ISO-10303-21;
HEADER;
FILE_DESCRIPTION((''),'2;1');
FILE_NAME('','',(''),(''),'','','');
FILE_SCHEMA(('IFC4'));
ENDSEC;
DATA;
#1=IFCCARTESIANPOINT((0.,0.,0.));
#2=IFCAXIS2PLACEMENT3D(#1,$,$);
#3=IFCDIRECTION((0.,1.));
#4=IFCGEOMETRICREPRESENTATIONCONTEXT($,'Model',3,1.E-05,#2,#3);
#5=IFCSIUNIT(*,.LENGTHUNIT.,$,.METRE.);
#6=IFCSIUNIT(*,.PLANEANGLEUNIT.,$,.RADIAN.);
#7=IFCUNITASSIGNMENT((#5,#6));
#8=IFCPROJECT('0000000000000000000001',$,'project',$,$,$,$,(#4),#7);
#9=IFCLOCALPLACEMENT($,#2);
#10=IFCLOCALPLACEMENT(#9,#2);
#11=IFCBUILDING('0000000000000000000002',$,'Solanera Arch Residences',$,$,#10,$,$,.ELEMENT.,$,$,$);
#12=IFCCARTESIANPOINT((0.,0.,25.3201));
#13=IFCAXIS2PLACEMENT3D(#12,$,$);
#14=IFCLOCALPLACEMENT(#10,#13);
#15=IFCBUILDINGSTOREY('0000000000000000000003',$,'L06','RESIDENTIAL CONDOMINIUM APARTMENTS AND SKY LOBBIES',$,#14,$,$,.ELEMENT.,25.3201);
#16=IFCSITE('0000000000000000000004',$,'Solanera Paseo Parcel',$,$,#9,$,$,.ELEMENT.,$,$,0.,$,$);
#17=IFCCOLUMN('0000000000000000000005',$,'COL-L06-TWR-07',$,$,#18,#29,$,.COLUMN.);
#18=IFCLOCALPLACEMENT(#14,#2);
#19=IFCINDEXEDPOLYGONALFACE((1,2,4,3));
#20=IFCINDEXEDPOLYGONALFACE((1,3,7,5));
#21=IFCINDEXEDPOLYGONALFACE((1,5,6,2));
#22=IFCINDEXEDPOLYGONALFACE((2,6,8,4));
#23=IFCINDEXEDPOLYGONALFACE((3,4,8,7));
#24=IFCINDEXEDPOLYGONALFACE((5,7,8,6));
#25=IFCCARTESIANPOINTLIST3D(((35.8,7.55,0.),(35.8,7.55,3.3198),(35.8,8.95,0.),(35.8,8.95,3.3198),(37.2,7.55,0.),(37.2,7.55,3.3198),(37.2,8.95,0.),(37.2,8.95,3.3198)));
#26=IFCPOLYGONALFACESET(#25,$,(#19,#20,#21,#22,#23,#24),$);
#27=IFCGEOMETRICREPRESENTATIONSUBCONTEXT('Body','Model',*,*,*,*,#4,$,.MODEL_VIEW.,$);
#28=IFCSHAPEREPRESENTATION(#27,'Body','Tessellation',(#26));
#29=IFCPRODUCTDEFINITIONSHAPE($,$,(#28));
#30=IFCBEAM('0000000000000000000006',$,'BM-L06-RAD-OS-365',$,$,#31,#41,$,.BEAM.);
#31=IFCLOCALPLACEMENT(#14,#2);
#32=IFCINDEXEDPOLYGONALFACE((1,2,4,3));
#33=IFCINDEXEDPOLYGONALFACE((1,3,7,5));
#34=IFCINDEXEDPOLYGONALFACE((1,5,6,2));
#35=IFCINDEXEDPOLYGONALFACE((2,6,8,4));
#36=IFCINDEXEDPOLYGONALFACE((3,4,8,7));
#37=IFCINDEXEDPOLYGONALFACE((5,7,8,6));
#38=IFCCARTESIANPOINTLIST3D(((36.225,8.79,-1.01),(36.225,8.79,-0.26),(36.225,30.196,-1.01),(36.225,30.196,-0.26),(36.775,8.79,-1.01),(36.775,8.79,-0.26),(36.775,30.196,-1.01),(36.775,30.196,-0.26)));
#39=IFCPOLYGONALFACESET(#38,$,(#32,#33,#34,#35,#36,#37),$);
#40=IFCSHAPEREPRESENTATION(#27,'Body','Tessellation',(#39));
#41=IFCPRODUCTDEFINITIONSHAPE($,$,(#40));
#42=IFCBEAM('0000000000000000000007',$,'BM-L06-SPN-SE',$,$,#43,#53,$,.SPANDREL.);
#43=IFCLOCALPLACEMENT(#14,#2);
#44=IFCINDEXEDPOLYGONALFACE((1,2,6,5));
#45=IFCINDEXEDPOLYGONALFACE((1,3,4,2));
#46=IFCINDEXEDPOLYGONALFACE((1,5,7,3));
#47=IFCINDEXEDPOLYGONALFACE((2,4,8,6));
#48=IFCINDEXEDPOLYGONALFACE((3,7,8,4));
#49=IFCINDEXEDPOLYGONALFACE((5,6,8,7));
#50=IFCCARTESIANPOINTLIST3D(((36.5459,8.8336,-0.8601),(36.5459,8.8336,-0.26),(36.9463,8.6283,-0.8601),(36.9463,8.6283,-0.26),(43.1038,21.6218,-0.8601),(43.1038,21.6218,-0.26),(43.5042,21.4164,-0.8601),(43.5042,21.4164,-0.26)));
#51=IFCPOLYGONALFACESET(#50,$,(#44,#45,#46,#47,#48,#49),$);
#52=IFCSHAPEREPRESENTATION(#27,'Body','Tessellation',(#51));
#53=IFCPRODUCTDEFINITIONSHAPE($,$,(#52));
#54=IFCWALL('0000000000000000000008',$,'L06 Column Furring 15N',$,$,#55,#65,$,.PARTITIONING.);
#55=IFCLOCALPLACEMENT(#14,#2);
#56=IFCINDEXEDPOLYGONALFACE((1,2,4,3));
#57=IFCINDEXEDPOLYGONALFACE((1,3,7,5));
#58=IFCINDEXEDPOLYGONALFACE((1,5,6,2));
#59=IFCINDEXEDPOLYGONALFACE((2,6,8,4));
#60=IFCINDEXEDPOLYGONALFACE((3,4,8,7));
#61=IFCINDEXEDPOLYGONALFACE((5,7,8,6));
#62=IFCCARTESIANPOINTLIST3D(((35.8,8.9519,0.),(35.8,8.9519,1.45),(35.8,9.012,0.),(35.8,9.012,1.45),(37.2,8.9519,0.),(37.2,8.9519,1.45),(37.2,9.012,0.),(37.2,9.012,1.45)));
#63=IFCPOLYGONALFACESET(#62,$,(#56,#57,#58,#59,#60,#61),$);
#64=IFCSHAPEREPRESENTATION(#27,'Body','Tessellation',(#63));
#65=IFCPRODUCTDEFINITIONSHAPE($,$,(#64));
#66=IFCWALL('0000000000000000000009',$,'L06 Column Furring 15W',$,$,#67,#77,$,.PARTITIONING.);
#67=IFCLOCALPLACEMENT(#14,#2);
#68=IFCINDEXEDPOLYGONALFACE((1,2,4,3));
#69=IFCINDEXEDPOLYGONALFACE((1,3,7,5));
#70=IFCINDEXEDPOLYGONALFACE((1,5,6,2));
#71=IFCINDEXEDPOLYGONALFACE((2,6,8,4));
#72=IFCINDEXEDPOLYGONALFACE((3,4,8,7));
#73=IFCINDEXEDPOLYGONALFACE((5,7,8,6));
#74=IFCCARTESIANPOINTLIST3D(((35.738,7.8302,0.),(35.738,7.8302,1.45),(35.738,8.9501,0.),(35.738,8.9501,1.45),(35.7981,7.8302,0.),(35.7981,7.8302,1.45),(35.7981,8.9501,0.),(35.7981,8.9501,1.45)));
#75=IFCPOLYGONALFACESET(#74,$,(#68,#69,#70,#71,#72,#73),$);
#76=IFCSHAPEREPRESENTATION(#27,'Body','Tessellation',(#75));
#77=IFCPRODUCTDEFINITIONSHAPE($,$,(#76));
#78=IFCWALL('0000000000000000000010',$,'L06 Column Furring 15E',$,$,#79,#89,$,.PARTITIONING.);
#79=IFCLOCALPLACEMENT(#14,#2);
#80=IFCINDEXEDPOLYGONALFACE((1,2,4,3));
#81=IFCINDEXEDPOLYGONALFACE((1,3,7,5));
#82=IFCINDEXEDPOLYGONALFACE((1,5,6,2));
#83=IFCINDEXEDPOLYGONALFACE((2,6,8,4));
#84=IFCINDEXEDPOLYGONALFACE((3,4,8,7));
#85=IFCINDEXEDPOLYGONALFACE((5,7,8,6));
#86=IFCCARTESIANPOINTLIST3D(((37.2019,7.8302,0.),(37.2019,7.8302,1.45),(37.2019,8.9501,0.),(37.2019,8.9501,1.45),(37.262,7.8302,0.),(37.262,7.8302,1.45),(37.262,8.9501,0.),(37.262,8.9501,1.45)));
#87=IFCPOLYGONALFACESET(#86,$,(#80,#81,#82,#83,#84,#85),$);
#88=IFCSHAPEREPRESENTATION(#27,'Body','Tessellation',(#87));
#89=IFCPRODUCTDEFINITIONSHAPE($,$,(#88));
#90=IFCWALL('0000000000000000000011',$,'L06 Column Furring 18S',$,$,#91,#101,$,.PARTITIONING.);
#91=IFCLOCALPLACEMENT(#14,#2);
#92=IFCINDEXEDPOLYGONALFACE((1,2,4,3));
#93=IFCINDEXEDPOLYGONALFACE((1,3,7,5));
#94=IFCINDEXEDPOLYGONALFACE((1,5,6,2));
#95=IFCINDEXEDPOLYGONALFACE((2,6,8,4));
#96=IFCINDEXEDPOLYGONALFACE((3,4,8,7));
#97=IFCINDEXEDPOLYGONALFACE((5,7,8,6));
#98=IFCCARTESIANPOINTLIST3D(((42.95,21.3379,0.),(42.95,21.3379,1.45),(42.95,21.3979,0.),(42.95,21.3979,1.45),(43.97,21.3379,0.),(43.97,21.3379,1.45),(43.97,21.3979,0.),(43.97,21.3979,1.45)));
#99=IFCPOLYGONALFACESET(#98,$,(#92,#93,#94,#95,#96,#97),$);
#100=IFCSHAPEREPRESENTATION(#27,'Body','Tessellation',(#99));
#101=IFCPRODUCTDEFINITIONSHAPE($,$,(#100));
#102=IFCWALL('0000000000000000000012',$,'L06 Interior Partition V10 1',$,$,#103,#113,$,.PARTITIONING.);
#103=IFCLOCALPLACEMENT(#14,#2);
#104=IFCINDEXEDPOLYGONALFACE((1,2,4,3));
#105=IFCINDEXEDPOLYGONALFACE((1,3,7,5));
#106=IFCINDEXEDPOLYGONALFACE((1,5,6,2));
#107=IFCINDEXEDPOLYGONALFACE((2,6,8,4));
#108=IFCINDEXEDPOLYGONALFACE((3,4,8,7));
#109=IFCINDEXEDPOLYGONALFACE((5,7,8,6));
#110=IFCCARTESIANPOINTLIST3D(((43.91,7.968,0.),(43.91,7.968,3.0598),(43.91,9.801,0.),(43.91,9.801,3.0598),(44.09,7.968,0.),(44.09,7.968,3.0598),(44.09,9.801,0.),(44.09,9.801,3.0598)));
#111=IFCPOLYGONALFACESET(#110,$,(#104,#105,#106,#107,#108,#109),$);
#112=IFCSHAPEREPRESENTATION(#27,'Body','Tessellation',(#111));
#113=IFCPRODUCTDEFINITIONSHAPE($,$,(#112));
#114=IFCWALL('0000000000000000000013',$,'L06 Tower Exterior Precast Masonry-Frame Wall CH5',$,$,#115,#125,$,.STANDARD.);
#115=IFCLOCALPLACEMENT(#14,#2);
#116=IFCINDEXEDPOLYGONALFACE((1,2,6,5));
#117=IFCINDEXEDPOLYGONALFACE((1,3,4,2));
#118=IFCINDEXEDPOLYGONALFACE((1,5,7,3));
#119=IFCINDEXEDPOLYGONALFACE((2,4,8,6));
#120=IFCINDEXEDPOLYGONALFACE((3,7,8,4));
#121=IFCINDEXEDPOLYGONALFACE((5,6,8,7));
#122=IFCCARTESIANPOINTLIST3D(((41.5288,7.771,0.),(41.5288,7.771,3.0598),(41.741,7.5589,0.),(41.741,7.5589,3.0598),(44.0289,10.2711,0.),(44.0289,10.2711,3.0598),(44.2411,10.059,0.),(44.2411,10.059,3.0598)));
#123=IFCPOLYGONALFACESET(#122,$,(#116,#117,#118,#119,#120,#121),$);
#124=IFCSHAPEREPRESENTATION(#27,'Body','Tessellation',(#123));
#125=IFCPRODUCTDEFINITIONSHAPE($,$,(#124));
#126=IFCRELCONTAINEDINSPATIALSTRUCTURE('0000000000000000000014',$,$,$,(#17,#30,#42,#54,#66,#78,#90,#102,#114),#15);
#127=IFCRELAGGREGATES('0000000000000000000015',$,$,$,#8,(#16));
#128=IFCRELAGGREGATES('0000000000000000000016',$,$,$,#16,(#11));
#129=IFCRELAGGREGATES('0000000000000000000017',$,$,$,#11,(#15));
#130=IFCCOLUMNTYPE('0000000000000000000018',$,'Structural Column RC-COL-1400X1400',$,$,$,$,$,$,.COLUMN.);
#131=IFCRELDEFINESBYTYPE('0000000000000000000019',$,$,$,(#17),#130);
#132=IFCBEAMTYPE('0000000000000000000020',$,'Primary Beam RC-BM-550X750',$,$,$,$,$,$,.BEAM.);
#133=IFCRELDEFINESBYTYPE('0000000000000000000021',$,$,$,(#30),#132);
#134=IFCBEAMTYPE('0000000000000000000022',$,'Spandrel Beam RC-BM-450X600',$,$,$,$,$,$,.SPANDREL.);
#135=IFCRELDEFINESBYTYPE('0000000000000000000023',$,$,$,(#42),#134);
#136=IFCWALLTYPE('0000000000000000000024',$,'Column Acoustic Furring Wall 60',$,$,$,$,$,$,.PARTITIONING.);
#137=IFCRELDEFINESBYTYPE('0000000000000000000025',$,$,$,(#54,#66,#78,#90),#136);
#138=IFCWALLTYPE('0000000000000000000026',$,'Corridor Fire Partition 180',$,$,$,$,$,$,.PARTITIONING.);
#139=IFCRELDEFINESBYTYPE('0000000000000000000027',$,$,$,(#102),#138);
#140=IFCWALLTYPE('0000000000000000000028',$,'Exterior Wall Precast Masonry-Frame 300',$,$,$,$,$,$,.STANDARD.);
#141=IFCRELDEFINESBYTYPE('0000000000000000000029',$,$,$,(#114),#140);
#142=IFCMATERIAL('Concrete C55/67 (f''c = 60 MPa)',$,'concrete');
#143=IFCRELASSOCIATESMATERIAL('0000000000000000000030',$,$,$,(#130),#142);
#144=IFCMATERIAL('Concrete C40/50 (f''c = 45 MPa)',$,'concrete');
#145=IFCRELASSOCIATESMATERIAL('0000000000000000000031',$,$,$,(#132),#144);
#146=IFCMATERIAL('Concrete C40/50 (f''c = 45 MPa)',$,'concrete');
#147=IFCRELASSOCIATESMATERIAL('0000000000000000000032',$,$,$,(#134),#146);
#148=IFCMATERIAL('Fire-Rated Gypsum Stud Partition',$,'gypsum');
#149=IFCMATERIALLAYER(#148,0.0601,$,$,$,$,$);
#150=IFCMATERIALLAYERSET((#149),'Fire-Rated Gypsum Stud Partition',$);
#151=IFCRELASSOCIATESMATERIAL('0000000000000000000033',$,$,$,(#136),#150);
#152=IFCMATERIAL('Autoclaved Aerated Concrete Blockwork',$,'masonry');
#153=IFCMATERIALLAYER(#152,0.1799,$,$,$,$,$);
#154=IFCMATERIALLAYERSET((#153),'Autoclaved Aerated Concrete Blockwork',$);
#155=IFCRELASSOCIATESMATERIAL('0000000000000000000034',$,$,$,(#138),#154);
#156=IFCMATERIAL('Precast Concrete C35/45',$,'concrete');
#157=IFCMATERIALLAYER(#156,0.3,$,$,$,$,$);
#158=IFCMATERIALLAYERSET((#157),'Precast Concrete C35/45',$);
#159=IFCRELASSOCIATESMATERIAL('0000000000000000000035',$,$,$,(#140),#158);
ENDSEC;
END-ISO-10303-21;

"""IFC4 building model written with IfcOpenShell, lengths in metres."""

from ifc_helpers import new_model, si_unit, direction, frame, frame_2d, origin, origin_2d, place, context, subcontext, project, spatial, rectangle, extrude, material, layer, layer_set, material_profile, profile_set, type_object, element, save


model = new_model("IFC4")

# Units and contexts
model_context = context("Model", 3, precision=1e-05, world=origin(), true_north=direction((0.0, 1.0)))
body_context = subcontext(model_context, "Body", "Model", "MODEL_VIEW")
ifc_project = project(units=[si_unit("LENGTHUNIT", "METRE"), si_unit("PLANEANGLEUNIT", "RADIAN")], contexts=[model_context])

# Site, building, storey
site_placement = place(None, origin())
site = spatial("IfcSite", under=ifc_project, at=site_placement, Name="Solanera Paseo Parcel", CompositionType="ELEMENT", RefElevation=0.0)
building_placement = place(site_placement, origin())
building = spatial("IfcBuilding", under=site, at=building_placement, Name="Solanera Arch Residences", CompositionType="ELEMENT")
storey_placement = place(building_placement, frame((0.0, 0.0, 25.3201)))
storey = spatial("IfcBuildingStorey", under=building, at=storey_placement, Name="L06", Description="RESIDENTIAL CONDOMINIUM APARTMENTS AND SKY LOBBIES", CompositionType="ELEMENT", Elevation=25.3201)

# Column
ifc_material_1 = material(Name="Concrete C55/67 (f'c = 60 MPa)", Category="concrete")
ifc_material_profile_1 = material_profile(ifc_material_1, rectangle(XDim=1.3999, YDim=1.3999, at=origin_2d()))
ifc_profile_set_1 = profile_set([ifc_material_profile_1], Name="Concrete C55/67 (f'c = 60 MPa)")
column_type = type_object("IfcColumnType", Name="Structural Column RC-COL-1400X1400", PredefinedType="COLUMN", material=ifc_profile_set_1)
column_placement = place(storey_placement, frame((36.5, 8.25, 0.0), z_axis=(0.0, 0.0, 1.0), x_axis=(1.0, 0.0, 0.0)))
element("IfcColumn", 1, at=column_placement, inside=storey, type_object=column_type, Name="COL-L06-TWR-07", PredefinedType="COLUMN", context=body_context, shape_type="SweptSolid", body=[
    extrude(rectangle(XDim=1.3999, YDim=1.3999, at=origin_2d()), origin(), (0.0, 0.0, 1.0), 3.3198),
])

# Beams
ifc_material_2 = material(Name="Concrete C40/50 (f'c = 45 MPa)", Category="concrete")
ifc_material_profile_2 = material_profile(ifc_material_2, rectangle(XDim=0.55, YDim=0.75, at=origin_2d()))
ifc_profile_set_2 = profile_set([ifc_material_profile_2], Name="Concrete C40/50 (f'c = 45 MPa)")
beam_type_1 = type_object("IfcBeamType", Name="Primary Beam RC-BM-550X750", PredefinedType="BEAM", material=ifc_profile_set_2)
beam_1_placement = place(storey_placement, frame((36.5, 8.79, -0.635), z_axis=(0.0, 1.0, 0.0), x_axis=(-1.0, 0.0, 0.0)))
element("IfcBeam", 2, at=beam_1_placement, inside=storey, type_object=beam_type_1, Name="BM-L06-RAD-OS-365", PredefinedType="BEAM", context=body_context, shape_type="SweptSolid", body=[
    extrude(rectangle(XDim=0.55, YDim=0.75, at=origin_2d()), origin(), (0.0, 0.0, 1.0), 21.406),
])
ifc_material_3 = material(Name="Concrete C40/50 (f'c = 45 MPa)", Category="concrete")
ifc_material_profile_3 = material_profile(ifc_material_3, rectangle(XDim=0.45, YDim=0.6001, at=origin_2d()))
ifc_profile_set_3 = profile_set([ifc_material_profile_3], Name="Concrete C40/50 (f'c = 45 MPa)")
beam_type_2 = type_object("IfcBeamType", Name="Spandrel Beam RC-BM-450X600", PredefinedType="SPANDREL", material=ifc_profile_set_3)
beam_2_placement = place(storey_placement, frame((36.7461, 8.731, -0.5601), z_axis=(0.456309, 0.889821, 0.0), x_axis=(-0.889821, 0.456309, 0.0)))
element("IfcBeam", 3, at=beam_2_placement, inside=storey, type_object=beam_type_2, Name="BM-L06-SPN-SE", PredefinedType="SPANDREL", context=body_context, shape_type="SweptSolid", body=[
    extrude(rectangle(XDim=0.45, YDim=0.6001, at=origin_2d()), origin(), (0.0, 0.0, 1.0), 14.3716),
])

# Walls
ifc_material_4 = material(Name="Fire-Rated Gypsum Stud Partition", Category="gypsum")
ifc_layer_1 = layer(ifc_material_4, 0.0601)
ifc_layer_set_1 = layer_set([ifc_layer_1], Name="Fire-Rated Gypsum Stud Partition")
wall_type_1 = type_object("IfcWallType", Name="Column Acoustic Furring Wall 60", PredefinedType="PARTITIONING", material=ifc_layer_set_1)
wall_1_placement = place(storey_placement, frame((35.8, 8.9819, 0.0), z_axis=(0.0, 0.0, 1.0), x_axis=(1.0, 0.0, 0.0)))
element("IfcWall", 4, at=wall_1_placement, inside=storey, type_object=wall_type_1, Name="L06 Column Furring 15N", PredefinedType="PARTITIONING", context=body_context, shape_type="SweptSolid", body=[
    extrude(rectangle(XDim=1.3999, YDim=0.0601, at=frame_2d((0.7, 0.0))), origin(), (0.0, 0.0, 1.0), 1.45),
])
for number, where, z_axis, x_axis, name in (
    (5, (35.7681, 7.8301, 0.0), (0.0, 0.0, 1.0), (0.0, 1.0, 0.0), "L06 Column Furring 15W"),
    (6, (37.2319, 7.8301, 0.0), (0.0, 0.0, 1.0), (0.0, 1.0, 0.0), "L06 Column Furring 15E"),
):
    element("IfcWall", number, at=place(storey_placement, frame(where, z_axis=z_axis, x_axis=x_axis)), inside=storey, type_object=wall_type_1, Name=name, PredefinedType="PARTITIONING", context=body_context, shape_type="SweptSolid", body=[
        extrude(rectangle(XDim=1.1199, YDim=0.0601, at=frame_2d((0.5601, 0.0))), origin(), (0.0, 0.0, 1.0), 1.45),
    ])
wall_2_placement = place(storey_placement, frame((42.95, 21.3679, 0.0), z_axis=(0.0, 0.0, 1.0), x_axis=(1.0, 0.0, 0.0)))
element("IfcWall", 7, at=wall_2_placement, inside=storey, type_object=wall_type_1, Name="L06 Column Furring 18S", PredefinedType="PARTITIONING", context=body_context, shape_type="SweptSolid", body=[
    extrude(rectangle(XDim=1.02, YDim=0.0601, at=frame_2d((0.51, 0.0))), origin(), (0.0, 0.0, 1.0), 1.45),
])
ifc_material_5 = material(Name="Autoclaved Aerated Concrete Blockwork", Category="masonry")
ifc_layer_2 = layer(ifc_material_5, 0.1799)
ifc_layer_set_2 = layer_set([ifc_layer_2], Name="Autoclaved Aerated Concrete Blockwork")
wall_type_2 = type_object("IfcWallType", Name="Corridor Fire Partition 180", PredefinedType="PARTITIONING", material=ifc_layer_set_2)
wall_3_placement = place(storey_placement, frame((44.0, 7.968, 0.0), z_axis=(0.0, 0.0, 1.0), x_axis=(0.0, 1.0, 0.0)))
element("IfcWall", 8, at=wall_3_placement, inside=storey, type_object=wall_type_2, Name="L06 Interior Partition V10 1", PredefinedType="PARTITIONING", context=body_context, shape_type="SweptSolid", body=[
    extrude(rectangle(XDim=1.833, YDim=0.1799, at=frame_2d((0.9165, 0.0))), origin(), (0.0, 0.0, 1.0), 3.0598),
])
ifc_material_6 = material(Name="Precast Concrete C35/45", Category="concrete")
ifc_layer_3 = layer(ifc_material_6, 0.3)
ifc_layer_set_3 = layer_set([ifc_layer_3], Name="Precast Concrete C35/45")
wall_type_3 = type_object("IfcWallType", Name="Exterior Wall Precast Masonry-Frame 300", PredefinedType="STANDARD", material=ifc_layer_set_3)
wall_4_placement = place(storey_placement, frame((44.135, 10.165, 0.0), z_axis=(0.0, 0.0, 1.0), x_axis=(-0.707107, -0.707107, 0.0)))
element("IfcWall", 9, at=wall_4_placement, inside=storey, type_object=wall_type_3, Name="L06 Tower Exterior Precast Masonry-Frame Wall CH5", PredefinedType="STANDARD", context=body_context, shape_type="SweptSolid", body=[
    extrude(rectangle(XDim=3.5356, YDim=0.3, at=frame_2d((1.7678, 0.0))), origin(), (0.0, 0.0, 1.0), 3.0598),
])

save(model, "model.ifc")
